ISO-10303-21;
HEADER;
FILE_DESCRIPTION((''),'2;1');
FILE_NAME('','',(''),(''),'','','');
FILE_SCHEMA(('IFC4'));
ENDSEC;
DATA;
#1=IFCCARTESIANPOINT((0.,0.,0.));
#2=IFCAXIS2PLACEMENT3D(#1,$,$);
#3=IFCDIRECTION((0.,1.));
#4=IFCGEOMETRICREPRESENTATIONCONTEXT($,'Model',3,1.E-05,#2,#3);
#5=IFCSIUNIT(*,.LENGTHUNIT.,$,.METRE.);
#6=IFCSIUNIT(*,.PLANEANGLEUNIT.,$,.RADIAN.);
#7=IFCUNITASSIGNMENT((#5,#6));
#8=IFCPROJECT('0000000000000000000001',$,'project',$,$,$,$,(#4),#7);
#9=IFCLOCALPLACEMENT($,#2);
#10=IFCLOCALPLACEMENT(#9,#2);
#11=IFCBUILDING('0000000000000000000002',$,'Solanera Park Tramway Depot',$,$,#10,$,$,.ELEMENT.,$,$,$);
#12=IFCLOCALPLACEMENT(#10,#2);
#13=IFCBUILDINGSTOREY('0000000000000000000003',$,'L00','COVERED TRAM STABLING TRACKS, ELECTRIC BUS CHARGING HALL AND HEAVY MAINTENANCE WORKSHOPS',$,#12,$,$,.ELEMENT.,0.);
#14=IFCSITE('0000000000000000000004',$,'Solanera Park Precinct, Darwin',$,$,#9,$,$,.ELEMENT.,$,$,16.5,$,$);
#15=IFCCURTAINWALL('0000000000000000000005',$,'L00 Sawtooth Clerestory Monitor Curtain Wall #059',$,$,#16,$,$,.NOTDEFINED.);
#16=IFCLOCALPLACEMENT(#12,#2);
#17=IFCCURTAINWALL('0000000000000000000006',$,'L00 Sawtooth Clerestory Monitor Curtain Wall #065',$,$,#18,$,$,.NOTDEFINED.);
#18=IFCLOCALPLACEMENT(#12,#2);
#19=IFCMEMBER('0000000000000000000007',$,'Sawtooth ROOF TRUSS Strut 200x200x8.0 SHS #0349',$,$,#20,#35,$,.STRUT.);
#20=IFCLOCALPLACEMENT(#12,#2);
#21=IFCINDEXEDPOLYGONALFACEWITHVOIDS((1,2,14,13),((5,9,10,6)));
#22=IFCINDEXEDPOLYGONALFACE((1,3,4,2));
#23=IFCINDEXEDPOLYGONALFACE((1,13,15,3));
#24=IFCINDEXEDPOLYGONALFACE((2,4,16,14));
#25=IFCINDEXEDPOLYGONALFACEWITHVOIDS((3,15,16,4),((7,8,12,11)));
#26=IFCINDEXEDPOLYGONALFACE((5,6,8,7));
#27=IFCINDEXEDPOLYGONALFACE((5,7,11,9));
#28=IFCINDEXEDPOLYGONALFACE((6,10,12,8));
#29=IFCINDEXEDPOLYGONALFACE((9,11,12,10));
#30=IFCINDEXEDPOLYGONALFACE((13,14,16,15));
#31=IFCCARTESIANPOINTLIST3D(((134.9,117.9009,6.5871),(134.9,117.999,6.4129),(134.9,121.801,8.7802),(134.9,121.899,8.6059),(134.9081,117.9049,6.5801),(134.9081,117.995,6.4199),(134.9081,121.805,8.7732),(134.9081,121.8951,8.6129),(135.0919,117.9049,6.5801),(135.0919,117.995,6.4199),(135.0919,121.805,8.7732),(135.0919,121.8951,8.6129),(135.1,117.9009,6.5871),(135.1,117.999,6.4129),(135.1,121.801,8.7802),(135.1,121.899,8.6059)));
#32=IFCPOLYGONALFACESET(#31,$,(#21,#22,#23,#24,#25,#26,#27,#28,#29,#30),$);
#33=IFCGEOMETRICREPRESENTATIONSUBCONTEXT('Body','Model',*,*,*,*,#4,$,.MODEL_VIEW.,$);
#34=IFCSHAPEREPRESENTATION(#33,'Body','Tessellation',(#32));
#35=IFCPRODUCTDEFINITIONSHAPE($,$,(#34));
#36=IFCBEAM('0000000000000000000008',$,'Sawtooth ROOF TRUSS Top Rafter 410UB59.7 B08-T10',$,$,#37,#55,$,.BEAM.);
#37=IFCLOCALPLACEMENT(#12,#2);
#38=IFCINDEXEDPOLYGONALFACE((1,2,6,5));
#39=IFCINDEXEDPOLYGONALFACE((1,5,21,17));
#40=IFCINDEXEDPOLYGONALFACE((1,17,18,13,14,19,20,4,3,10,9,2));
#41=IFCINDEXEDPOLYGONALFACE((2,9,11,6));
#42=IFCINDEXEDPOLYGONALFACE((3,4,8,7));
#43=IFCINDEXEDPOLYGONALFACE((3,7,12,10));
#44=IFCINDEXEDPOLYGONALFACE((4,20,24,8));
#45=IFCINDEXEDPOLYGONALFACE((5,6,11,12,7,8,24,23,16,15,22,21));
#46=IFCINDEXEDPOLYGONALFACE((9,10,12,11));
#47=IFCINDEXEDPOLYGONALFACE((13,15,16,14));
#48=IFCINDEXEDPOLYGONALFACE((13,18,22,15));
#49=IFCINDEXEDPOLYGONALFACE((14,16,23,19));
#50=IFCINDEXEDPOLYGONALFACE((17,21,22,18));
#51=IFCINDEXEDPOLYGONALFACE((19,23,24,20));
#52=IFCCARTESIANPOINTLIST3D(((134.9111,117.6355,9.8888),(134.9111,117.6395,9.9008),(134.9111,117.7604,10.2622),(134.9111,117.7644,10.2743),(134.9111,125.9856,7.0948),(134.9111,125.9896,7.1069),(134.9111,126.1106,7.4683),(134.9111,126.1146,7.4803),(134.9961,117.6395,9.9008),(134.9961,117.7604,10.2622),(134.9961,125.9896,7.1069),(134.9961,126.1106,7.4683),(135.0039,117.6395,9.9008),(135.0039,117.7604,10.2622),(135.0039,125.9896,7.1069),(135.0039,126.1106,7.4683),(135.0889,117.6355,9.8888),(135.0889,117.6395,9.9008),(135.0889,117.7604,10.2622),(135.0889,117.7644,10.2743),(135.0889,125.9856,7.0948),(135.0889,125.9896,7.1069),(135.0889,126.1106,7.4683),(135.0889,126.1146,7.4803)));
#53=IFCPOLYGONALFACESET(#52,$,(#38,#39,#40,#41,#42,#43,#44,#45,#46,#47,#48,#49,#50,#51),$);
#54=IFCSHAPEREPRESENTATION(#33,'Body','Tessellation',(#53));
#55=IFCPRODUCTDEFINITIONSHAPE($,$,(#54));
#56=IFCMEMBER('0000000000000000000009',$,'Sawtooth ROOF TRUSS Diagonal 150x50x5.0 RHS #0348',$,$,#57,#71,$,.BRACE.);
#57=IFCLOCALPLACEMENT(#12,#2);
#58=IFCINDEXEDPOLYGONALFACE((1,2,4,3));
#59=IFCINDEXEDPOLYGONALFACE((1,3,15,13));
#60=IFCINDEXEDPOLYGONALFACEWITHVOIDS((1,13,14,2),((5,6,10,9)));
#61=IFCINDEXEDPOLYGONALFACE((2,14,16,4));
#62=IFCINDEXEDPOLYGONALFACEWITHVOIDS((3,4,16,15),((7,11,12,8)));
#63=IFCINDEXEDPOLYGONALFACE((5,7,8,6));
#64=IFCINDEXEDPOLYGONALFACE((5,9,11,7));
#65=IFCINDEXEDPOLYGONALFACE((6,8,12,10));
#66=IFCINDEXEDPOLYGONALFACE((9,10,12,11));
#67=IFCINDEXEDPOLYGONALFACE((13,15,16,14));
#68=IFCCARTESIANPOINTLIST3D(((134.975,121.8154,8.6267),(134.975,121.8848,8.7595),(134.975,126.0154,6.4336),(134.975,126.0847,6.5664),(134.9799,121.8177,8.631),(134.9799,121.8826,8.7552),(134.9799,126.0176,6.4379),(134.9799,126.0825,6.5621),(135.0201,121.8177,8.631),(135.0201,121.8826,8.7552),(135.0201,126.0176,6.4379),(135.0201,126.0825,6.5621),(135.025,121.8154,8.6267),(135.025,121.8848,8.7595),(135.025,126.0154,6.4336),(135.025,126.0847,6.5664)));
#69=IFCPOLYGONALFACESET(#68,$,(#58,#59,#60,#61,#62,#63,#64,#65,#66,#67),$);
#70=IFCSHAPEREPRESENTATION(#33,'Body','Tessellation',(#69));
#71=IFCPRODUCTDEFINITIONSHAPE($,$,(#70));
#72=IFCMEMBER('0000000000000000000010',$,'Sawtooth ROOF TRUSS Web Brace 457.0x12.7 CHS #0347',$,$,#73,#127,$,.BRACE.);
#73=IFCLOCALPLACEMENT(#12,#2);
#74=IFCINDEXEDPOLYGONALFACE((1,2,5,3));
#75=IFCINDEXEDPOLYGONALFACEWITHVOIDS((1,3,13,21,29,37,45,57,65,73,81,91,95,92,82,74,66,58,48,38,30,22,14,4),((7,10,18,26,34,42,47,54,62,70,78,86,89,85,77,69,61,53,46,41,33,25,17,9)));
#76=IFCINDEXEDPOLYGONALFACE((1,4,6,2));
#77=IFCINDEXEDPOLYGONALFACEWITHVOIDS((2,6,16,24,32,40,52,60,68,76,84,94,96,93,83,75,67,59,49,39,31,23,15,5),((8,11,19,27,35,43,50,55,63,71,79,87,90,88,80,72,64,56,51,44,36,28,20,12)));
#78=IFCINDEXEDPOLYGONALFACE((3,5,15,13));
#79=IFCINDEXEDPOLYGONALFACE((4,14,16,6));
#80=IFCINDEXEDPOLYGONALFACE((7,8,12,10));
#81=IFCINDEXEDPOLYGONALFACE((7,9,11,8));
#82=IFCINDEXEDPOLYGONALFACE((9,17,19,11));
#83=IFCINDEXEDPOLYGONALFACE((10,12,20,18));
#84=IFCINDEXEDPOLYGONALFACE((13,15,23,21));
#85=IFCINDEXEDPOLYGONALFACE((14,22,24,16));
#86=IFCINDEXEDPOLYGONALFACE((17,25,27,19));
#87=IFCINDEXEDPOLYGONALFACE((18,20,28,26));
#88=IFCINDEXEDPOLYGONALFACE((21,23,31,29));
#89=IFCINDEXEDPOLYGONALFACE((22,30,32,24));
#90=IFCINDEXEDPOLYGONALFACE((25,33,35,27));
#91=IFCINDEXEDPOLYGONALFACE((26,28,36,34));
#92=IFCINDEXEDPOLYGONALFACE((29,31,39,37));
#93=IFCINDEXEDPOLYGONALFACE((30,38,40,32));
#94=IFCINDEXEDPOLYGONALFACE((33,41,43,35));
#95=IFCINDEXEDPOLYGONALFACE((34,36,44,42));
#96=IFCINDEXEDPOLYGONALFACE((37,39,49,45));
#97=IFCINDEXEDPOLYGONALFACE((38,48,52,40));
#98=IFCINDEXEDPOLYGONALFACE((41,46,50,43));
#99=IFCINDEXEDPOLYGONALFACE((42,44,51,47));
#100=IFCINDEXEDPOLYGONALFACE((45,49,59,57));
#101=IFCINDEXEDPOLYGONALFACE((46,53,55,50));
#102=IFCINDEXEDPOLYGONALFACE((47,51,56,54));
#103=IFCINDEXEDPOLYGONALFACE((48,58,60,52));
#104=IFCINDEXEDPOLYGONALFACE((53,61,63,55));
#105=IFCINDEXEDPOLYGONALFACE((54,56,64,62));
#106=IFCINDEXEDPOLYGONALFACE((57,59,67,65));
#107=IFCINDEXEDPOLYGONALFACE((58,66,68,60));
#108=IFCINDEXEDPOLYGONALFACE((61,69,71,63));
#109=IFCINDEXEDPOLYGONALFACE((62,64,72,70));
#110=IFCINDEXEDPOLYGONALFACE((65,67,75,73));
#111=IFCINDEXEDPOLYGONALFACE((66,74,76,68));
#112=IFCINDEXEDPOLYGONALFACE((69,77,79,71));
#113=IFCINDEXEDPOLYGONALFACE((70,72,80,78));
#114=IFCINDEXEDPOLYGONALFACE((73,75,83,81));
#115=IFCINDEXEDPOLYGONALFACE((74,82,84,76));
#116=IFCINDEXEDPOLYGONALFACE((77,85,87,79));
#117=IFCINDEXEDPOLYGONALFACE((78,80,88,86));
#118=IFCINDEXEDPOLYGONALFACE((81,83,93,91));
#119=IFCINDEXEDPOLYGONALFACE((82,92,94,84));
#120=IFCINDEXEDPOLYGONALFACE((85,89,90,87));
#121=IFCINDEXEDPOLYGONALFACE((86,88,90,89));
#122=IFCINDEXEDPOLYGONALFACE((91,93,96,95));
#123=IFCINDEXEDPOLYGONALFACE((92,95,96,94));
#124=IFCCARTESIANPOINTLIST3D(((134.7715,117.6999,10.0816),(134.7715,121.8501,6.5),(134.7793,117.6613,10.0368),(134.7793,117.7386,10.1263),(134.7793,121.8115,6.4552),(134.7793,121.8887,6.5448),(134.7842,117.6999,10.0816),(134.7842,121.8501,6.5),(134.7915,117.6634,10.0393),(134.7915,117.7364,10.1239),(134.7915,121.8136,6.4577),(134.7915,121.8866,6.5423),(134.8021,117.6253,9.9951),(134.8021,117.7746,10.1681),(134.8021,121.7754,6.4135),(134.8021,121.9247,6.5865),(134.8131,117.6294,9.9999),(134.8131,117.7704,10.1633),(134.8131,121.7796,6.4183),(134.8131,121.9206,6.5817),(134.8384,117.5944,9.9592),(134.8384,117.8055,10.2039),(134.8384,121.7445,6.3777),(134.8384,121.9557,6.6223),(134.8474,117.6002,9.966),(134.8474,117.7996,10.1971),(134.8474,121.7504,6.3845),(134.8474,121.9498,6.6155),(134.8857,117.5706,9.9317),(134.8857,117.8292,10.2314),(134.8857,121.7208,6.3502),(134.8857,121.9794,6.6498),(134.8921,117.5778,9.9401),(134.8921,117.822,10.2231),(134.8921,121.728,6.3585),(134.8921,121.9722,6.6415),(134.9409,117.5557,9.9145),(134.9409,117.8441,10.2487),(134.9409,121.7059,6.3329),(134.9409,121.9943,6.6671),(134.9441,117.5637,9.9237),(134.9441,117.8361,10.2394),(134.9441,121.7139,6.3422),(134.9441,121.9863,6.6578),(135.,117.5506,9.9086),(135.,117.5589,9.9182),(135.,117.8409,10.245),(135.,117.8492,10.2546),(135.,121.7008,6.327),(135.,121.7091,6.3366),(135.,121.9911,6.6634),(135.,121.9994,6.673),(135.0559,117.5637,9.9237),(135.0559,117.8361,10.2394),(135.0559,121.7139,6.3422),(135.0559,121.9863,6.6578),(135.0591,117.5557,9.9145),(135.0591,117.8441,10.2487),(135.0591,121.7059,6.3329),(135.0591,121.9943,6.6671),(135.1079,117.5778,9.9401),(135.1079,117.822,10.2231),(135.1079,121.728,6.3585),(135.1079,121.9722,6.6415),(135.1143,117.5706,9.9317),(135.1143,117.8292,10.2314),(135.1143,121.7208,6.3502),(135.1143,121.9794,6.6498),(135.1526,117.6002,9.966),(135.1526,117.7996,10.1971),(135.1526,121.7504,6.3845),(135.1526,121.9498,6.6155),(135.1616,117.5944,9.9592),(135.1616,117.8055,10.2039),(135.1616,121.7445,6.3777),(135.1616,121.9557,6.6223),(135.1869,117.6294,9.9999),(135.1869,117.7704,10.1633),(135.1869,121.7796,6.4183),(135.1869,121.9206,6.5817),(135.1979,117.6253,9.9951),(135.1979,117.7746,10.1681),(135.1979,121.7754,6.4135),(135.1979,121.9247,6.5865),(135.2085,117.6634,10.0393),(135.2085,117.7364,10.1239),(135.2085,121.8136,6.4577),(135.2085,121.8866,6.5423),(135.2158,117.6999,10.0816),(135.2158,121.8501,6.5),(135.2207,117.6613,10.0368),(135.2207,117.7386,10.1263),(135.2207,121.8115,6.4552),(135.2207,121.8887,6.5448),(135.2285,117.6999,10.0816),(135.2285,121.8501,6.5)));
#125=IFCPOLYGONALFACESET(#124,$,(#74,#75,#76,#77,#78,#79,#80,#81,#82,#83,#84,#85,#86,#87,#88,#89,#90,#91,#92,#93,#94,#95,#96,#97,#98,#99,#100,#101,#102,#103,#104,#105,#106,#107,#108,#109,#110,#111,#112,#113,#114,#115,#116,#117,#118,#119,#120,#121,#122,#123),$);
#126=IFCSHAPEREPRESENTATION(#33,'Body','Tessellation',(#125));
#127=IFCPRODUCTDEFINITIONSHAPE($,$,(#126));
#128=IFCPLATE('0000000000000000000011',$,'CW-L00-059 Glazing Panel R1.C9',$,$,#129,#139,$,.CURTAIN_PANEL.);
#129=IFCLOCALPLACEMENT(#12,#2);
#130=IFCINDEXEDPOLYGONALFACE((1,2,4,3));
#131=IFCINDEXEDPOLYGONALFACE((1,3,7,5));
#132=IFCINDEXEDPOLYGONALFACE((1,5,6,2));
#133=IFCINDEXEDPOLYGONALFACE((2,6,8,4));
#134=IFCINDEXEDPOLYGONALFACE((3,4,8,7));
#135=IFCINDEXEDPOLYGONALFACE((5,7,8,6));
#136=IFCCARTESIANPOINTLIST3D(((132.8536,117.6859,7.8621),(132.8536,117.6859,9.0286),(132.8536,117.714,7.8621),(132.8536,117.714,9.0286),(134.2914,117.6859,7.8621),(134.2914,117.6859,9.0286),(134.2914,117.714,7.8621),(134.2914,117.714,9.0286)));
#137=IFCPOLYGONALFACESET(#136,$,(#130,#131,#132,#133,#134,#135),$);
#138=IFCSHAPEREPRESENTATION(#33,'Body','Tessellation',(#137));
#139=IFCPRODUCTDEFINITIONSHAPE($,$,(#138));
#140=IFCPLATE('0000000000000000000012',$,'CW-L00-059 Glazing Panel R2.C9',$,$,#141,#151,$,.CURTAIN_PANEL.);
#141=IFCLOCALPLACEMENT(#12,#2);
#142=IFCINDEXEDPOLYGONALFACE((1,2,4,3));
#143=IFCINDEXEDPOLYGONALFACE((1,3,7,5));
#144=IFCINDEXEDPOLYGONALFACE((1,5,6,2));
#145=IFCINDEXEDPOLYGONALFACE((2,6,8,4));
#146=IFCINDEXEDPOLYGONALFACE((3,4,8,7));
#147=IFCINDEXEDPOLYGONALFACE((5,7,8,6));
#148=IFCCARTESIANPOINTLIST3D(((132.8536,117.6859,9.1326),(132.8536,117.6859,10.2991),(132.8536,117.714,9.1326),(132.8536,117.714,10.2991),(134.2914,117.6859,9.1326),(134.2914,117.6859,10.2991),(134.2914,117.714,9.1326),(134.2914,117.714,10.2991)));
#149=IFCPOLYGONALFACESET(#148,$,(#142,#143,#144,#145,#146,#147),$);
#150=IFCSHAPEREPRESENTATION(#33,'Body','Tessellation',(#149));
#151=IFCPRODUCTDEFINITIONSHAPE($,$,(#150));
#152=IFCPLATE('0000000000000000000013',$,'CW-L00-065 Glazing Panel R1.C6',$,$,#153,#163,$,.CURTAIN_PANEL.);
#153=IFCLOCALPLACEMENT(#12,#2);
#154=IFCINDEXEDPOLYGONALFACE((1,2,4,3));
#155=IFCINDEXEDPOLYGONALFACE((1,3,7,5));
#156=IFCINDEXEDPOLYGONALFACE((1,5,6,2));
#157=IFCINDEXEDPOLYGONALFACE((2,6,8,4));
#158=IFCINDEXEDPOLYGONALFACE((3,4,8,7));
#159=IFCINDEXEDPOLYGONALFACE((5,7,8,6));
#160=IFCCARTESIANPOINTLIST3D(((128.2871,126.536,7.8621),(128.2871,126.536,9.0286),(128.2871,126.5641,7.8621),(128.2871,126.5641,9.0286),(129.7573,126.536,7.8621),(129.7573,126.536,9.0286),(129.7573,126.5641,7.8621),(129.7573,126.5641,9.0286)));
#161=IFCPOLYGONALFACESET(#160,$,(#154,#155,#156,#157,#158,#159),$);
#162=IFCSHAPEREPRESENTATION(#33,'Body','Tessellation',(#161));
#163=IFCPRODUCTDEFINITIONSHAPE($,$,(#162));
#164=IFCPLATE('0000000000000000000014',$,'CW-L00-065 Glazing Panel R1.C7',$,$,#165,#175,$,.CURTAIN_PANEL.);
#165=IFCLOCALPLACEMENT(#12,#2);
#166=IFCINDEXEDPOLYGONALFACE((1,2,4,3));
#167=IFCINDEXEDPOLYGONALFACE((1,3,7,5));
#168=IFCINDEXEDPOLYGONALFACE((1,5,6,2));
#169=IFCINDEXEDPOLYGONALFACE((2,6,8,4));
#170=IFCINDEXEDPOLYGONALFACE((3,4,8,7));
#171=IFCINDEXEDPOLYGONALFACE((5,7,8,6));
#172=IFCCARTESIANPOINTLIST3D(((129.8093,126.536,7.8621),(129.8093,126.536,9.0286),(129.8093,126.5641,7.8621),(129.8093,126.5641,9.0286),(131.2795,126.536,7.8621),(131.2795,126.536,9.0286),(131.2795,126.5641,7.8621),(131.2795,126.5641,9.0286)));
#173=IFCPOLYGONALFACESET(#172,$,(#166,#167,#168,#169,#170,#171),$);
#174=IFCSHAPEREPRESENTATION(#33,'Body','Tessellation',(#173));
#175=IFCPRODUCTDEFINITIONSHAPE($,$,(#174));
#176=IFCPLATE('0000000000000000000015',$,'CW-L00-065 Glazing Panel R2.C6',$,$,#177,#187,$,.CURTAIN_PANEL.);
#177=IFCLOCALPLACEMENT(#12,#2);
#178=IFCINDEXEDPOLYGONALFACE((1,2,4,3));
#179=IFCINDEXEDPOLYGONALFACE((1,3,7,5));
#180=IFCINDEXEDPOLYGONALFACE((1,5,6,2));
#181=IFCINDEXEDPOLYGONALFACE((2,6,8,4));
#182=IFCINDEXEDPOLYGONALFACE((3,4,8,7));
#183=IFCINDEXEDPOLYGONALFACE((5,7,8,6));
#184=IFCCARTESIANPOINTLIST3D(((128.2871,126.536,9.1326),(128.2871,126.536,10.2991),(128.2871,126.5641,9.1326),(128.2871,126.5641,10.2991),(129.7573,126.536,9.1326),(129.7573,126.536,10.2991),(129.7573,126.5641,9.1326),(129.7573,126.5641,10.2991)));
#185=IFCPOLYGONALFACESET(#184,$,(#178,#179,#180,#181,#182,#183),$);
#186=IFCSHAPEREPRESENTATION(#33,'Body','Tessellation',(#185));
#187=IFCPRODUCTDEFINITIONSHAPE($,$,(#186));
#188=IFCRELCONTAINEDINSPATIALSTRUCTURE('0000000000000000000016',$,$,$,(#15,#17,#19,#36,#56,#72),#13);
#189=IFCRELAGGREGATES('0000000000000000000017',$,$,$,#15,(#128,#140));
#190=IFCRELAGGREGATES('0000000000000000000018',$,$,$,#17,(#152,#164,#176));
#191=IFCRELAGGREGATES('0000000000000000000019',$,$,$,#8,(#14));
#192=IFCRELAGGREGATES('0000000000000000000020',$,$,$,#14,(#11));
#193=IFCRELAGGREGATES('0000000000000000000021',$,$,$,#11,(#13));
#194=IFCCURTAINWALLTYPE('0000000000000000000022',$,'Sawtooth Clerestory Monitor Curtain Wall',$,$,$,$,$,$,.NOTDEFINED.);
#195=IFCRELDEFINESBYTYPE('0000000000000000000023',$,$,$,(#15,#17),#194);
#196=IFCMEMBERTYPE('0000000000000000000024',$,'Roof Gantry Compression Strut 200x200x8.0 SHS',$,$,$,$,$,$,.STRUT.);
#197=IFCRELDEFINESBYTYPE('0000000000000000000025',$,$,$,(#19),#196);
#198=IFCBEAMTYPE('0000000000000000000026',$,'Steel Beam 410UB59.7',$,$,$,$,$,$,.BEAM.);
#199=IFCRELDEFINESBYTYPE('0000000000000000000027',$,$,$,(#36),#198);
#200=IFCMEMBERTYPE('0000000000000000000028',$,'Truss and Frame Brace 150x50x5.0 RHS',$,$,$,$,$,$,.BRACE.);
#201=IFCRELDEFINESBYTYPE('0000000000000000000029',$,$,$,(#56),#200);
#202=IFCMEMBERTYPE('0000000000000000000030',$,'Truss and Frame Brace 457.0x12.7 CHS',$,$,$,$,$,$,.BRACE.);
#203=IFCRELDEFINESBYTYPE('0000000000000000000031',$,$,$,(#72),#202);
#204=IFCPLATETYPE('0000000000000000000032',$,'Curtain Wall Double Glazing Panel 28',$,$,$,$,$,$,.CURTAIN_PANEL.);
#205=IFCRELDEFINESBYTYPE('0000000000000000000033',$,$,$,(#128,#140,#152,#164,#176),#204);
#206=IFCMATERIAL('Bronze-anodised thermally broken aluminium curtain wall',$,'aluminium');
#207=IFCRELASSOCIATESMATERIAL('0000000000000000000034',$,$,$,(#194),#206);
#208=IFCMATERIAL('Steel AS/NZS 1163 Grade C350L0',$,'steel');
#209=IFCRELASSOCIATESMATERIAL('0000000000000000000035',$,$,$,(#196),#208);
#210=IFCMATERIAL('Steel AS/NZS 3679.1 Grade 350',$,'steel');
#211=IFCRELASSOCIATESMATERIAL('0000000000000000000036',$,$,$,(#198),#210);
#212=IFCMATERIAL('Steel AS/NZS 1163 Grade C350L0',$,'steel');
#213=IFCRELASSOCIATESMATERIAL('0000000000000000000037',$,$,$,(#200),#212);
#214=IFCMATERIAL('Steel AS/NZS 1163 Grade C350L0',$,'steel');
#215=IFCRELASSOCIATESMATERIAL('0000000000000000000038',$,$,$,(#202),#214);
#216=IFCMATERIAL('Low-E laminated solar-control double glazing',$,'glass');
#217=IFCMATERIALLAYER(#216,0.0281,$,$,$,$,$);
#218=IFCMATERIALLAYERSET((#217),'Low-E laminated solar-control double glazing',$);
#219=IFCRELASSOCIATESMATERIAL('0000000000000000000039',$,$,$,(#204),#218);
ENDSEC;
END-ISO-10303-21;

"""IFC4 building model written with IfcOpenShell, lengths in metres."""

from ifc_helpers import new_model, si_unit, direction, frame, origin, origin_2d, place, context, subcontext, project, spatial, rectangle, hollow_rectangle, hollow_circle, i_section, extrude, material, layer, layer_set, material_profile, profile_set, type_object, element, aggregate, save


model = new_model("IFC4")

# Units and contexts
model_context = context("Model", 3, precision=1e-05, world=origin(), true_north=direction((0.0, 1.0)))
body_context = subcontext(model_context, "Body", "Model", "MODEL_VIEW")
ifc_project = project(units=[si_unit("LENGTHUNIT", "METRE"), si_unit("PLANEANGLEUNIT", "RADIAN")], contexts=[model_context])

# Site, building, storey
site_placement = place(None, origin())
site = spatial("IfcSite", under=ifc_project, at=site_placement, Name="Solanera Park Precinct, Darwin", CompositionType="ELEMENT", RefElevation=16.5)
building_placement = place(site_placement, origin())
building = spatial("IfcBuilding", under=site, at=building_placement, Name="Solanera Park Tramway Depot", CompositionType="ELEMENT")
storey_placement = place(building_placement, origin())
storey = spatial("IfcBuildingStorey", under=building, at=storey_placement, Name="L00", Description="COVERED TRAM STABLING TRACKS, ELECTRIC BUS CHARGING HALL AND HEAVY MAINTENANCE WORKSHOPS", CompositionType="ELEMENT", Elevation=0.0)

# Curtain wall
ifc_material_1 = material(Name="Bronze-anodised thermally broken aluminium curtain wall", Category="aluminium")
curtain_wall_type = type_object("IfcCurtainWallType", Name="Sawtooth Clerestory Monitor Curtain Wall", PredefinedType="NOTDEFINED", material=ifc_material_1)
curtain_wall_1_placement = place(storey_placement, origin())
curtain_wall_1 = element("IfcCurtainWall", 1, at=curtain_wall_1_placement, inside=storey, type_object=curtain_wall_type, Name="L00 Sawtooth Clerestory Monitor Curtain Wall #059", PredefinedType="NOTDEFINED")

# Curtain wall
curtain_wall_2_placement = place(storey_placement, origin())
curtain_wall_2 = element("IfcCurtainWall", 2, at=curtain_wall_2_placement, inside=storey, type_object=curtain_wall_type, Name="L00 Sawtooth Clerestory Monitor Curtain Wall #065", PredefinedType="NOTDEFINED")

# Member
ifc_material_2 = material(Name="Steel AS/NZS 1163 Grade C350L0", Category="steel")
ifc_material_profile_1 = material_profile(ifc_material_2, hollow_rectangle(XDim=0.2, YDim=0.2, WallThickness=0.0081, at=origin_2d()), Name="200x200x8.0 SHS")
ifc_profile_set_1 = profile_set([ifc_material_profile_1], Name="Steel AS/NZS 1163 Grade C350L0")
member_type_1 = type_object("IfcMemberType", Name="Roof Gantry Compression Strut 200x200x8.0 SHS", PredefinedType="STRUT", material=ifc_profile_set_1)
member_1_placement = place(storey_placement, frame((135.0, 117.95, 6.5), z_axis=(0.0, 0.871644, 0.490139), x_axis=(-1.0, 0.0, 0.0)))
element("IfcMember", 3, at=member_1_placement, inside=storey, type_object=member_type_1, Name="Sawtooth ROOF TRUSS Strut 200x200x8.0 SHS #0349", PredefinedType="STRUT", context=body_context, shape_type="SweptSolid", body=[
    extrude(hollow_rectangle(XDim=0.2, YDim=0.2, WallThickness=0.0081, at=origin_2d()), origin(), (0.0, 0.0, 1.0), 4.4744),
])

# Beam
ifc_material_3 = material(Name="Steel AS/NZS 3679.1 Grade 350", Category="steel")
ifc_material_profile_2 = material_profile(ifc_material_3, i_section(OverallWidth=0.1777, OverallDepth=0.4065, WebThickness=0.0078, FlangeThickness=0.0127, at=origin_2d()), Name="410UB59.7")
ifc_profile_set_2 = profile_set([ifc_material_profile_2], Name="Steel AS/NZS 3679.1 Grade 350")
beam_type = type_object("IfcBeamType", Name="Steel Beam 410UB59.7", PredefinedType="BEAM", material=ifc_profile_set_2)
beam_placement = place(storey_placement, frame((135.0, 117.7, 10.0815), z_axis=(0.0, 0.948322, -0.317309), x_axis=(-1.0, 0.0, 0.0)))
element("IfcBeam", 4, at=beam_placement, inside=storey, type_object=beam_type, Name="Sawtooth ROOF TRUSS Top Rafter 410UB59.7 B08-T10", PredefinedType="BEAM", context=body_context, shape_type="SweptSolid", body=[
    extrude(i_section(OverallWidth=0.1777, OverallDepth=0.4065, WebThickness=0.0078, FlangeThickness=0.0127, at=origin_2d()), origin(), (0.0, 0.0, 1.0), 8.8052),
])

# Members
ifc_material_4 = material(Name="Steel AS/NZS 1163 Grade C350L0", Category="steel")
ifc_material_profile_3 = material_profile(ifc_material_4, hollow_rectangle(XDim=0.05, YDim=0.1499, WallThickness=0.0049, at=origin_2d()), Name="150x50x5.0 RHS")
ifc_profile_set_3 = profile_set([ifc_material_profile_3], Name="Steel AS/NZS 1163 Grade C350L0")
member_type_2 = type_object("IfcMemberType", Name="Truss and Frame Brace 150x50x5.0 RHS", PredefinedType="BRACE", material=ifc_profile_set_3)
member_2_placement = place(storey_placement, frame((135.0, 126.05, 6.5), z_axis=(0.0, -0.886426, 0.462871), x_axis=(1.0, 0.0, 0.0)))
element("IfcMember", 5, at=member_2_placement, inside=storey, type_object=member_type_2, Name="Sawtooth ROOF TRUSS Diagonal 150x50x5.0 RHS #0348", PredefinedType="BRACE", context=body_context, shape_type="SweptSolid", body=[
    extrude(hollow_rectangle(XDim=0.05, YDim=0.1499, WallThickness=0.0049, at=origin_2d()), origin(), (0.0, 0.0, 1.0), 4.738),
])
ifc_material_5 = material(Name="Steel AS/NZS 1163 Grade C350L0", Category="steel")
ifc_material_profile_4 = material_profile(ifc_material_5, hollow_circle(Radius=0.2285, WallThickness=0.0127, at=origin_2d()), Name="457.0x12.7 CHS")
ifc_profile_set_4 = profile_set([ifc_material_profile_4], Name="Steel AS/NZS 1163 Grade C350L0")
member_type_3 = type_object("IfcMemberType", Name="Truss and Frame Brace 457.0x12.7 CHS", PredefinedType="BRACE", material=ifc_profile_set_4)
member_3_placement = place(storey_placement, frame((135.0, 121.8501, 6.5), z_axis=(0.0, -0.757064, 0.65334), x_axis=(1.0, 0.0, 0.0)))
element("IfcMember", 6, at=member_3_placement, inside=storey, type_object=member_type_3, Name="Sawtooth ROOF TRUSS Web Brace 457.0x12.7 CHS #0347", PredefinedType="BRACE", context=body_context, shape_type="SweptSolid", body=[
    extrude(hollow_circle(Radius=0.2285, WallThickness=0.0127, at=origin_2d()), origin(), (0.0, 0.0, 1.0), 5.4819),
])

# Plates
ifc_material_6 = material(Name="Low-E laminated solar-control double glazing", Category="glass")
ifc_layer_1 = layer(ifc_material_6, 0.0281)
ifc_layer_set_1 = layer_set([ifc_layer_1], Name="Low-E laminated solar-control double glazing")
plate_type_1 = type_object("IfcPlateType", Name="Curtain Wall Double Glazing Panel 28", PredefinedType="CURTAIN_PANEL", material=ifc_layer_set_1)
plate_1_placement = place(storey_placement, frame((133.5725, 117.7, 7.8621), z_axis=(0.0, 0.0, 1.0), x_axis=(1.0, 0.0, 0.0)))
plate_1 = element("IfcPlate", 7, at=plate_1_placement, type_object=plate_type_1, Name="CW-L00-059 Glazing Panel R1.C9", PredefinedType="CURTAIN_PANEL", context=body_context, shape_type="SweptSolid", body=[
    extrude(rectangle(XDim=1.4377, YDim=0.0281, at=origin_2d()), origin(), (0.0, 0.0, 1.0), 1.1665),
])
plate_2_placement = place(storey_placement, frame((133.5725, 117.7, 9.1326), z_axis=(0.0, 0.0, 1.0), x_axis=(1.0, 0.0, 0.0)))
plate_2 = element("IfcPlate", 8, at=plate_2_placement, type_object=plate_type_1, Name="CW-L00-059 Glazing Panel R2.C9", PredefinedType="CURTAIN_PANEL", context=body_context, shape_type="SweptSolid", body=[
    extrude(rectangle(XDim=1.4377, YDim=0.0281, at=origin_2d()), origin(), (0.0, 0.0, 1.0), 1.1665),
])
aggregate(curtain_wall_1, [plate_1, plate_2])
plate_3_placement = place(storey_placement, frame((129.0222, 126.55, 7.8621), z_axis=(0.0, 0.0, 1.0), x_axis=(1.0, 0.0, 0.0)))
plate_3 = element("IfcPlate", 9, at=plate_3_placement, type_object=plate_type_1, Name="CW-L00-065 Glazing Panel R1.C6", PredefinedType="CURTAIN_PANEL", context=body_context, shape_type="SweptSolid", body=[
    extrude(rectangle(XDim=1.4702, YDim=0.0281, at=origin_2d()), origin(), (0.0, 0.0, 1.0), 1.1665),
])
plate_4_placement = place(storey_placement, frame((130.5444, 126.55, 7.8621), z_axis=(0.0, 0.0, 1.0), x_axis=(1.0, 0.0, 0.0)))
plate_4 = element("IfcPlate", 10, at=plate_4_placement, type_object=plate_type_1, Name="CW-L00-065 Glazing Panel R1.C7", PredefinedType="CURTAIN_PANEL", context=body_context, shape_type="SweptSolid", body=[
    extrude(rectangle(XDim=1.4702, YDim=0.0281, at=origin_2d()), origin(), (0.0, 0.0, 1.0), 1.1665),
])
plate_5_placement = place(storey_placement, frame((129.0222, 126.55, 9.1326), z_axis=(0.0, 0.0, 1.0), x_axis=(1.0, 0.0, 0.0)))
plate_5 = element("IfcPlate", 11, at=plate_5_placement, type_object=plate_type_1, Name="CW-L00-065 Glazing Panel R2.C6", PredefinedType="CURTAIN_PANEL", context=body_context, shape_type="SweptSolid", body=[
    extrude(rectangle(XDim=1.4702, YDim=0.0281, at=origin_2d()), origin(), (0.0, 0.0, 1.0), 1.1665),
])
aggregate(curtain_wall_2, [plate_3, plate_4, plate_5])

save(model, "model.ifc")
